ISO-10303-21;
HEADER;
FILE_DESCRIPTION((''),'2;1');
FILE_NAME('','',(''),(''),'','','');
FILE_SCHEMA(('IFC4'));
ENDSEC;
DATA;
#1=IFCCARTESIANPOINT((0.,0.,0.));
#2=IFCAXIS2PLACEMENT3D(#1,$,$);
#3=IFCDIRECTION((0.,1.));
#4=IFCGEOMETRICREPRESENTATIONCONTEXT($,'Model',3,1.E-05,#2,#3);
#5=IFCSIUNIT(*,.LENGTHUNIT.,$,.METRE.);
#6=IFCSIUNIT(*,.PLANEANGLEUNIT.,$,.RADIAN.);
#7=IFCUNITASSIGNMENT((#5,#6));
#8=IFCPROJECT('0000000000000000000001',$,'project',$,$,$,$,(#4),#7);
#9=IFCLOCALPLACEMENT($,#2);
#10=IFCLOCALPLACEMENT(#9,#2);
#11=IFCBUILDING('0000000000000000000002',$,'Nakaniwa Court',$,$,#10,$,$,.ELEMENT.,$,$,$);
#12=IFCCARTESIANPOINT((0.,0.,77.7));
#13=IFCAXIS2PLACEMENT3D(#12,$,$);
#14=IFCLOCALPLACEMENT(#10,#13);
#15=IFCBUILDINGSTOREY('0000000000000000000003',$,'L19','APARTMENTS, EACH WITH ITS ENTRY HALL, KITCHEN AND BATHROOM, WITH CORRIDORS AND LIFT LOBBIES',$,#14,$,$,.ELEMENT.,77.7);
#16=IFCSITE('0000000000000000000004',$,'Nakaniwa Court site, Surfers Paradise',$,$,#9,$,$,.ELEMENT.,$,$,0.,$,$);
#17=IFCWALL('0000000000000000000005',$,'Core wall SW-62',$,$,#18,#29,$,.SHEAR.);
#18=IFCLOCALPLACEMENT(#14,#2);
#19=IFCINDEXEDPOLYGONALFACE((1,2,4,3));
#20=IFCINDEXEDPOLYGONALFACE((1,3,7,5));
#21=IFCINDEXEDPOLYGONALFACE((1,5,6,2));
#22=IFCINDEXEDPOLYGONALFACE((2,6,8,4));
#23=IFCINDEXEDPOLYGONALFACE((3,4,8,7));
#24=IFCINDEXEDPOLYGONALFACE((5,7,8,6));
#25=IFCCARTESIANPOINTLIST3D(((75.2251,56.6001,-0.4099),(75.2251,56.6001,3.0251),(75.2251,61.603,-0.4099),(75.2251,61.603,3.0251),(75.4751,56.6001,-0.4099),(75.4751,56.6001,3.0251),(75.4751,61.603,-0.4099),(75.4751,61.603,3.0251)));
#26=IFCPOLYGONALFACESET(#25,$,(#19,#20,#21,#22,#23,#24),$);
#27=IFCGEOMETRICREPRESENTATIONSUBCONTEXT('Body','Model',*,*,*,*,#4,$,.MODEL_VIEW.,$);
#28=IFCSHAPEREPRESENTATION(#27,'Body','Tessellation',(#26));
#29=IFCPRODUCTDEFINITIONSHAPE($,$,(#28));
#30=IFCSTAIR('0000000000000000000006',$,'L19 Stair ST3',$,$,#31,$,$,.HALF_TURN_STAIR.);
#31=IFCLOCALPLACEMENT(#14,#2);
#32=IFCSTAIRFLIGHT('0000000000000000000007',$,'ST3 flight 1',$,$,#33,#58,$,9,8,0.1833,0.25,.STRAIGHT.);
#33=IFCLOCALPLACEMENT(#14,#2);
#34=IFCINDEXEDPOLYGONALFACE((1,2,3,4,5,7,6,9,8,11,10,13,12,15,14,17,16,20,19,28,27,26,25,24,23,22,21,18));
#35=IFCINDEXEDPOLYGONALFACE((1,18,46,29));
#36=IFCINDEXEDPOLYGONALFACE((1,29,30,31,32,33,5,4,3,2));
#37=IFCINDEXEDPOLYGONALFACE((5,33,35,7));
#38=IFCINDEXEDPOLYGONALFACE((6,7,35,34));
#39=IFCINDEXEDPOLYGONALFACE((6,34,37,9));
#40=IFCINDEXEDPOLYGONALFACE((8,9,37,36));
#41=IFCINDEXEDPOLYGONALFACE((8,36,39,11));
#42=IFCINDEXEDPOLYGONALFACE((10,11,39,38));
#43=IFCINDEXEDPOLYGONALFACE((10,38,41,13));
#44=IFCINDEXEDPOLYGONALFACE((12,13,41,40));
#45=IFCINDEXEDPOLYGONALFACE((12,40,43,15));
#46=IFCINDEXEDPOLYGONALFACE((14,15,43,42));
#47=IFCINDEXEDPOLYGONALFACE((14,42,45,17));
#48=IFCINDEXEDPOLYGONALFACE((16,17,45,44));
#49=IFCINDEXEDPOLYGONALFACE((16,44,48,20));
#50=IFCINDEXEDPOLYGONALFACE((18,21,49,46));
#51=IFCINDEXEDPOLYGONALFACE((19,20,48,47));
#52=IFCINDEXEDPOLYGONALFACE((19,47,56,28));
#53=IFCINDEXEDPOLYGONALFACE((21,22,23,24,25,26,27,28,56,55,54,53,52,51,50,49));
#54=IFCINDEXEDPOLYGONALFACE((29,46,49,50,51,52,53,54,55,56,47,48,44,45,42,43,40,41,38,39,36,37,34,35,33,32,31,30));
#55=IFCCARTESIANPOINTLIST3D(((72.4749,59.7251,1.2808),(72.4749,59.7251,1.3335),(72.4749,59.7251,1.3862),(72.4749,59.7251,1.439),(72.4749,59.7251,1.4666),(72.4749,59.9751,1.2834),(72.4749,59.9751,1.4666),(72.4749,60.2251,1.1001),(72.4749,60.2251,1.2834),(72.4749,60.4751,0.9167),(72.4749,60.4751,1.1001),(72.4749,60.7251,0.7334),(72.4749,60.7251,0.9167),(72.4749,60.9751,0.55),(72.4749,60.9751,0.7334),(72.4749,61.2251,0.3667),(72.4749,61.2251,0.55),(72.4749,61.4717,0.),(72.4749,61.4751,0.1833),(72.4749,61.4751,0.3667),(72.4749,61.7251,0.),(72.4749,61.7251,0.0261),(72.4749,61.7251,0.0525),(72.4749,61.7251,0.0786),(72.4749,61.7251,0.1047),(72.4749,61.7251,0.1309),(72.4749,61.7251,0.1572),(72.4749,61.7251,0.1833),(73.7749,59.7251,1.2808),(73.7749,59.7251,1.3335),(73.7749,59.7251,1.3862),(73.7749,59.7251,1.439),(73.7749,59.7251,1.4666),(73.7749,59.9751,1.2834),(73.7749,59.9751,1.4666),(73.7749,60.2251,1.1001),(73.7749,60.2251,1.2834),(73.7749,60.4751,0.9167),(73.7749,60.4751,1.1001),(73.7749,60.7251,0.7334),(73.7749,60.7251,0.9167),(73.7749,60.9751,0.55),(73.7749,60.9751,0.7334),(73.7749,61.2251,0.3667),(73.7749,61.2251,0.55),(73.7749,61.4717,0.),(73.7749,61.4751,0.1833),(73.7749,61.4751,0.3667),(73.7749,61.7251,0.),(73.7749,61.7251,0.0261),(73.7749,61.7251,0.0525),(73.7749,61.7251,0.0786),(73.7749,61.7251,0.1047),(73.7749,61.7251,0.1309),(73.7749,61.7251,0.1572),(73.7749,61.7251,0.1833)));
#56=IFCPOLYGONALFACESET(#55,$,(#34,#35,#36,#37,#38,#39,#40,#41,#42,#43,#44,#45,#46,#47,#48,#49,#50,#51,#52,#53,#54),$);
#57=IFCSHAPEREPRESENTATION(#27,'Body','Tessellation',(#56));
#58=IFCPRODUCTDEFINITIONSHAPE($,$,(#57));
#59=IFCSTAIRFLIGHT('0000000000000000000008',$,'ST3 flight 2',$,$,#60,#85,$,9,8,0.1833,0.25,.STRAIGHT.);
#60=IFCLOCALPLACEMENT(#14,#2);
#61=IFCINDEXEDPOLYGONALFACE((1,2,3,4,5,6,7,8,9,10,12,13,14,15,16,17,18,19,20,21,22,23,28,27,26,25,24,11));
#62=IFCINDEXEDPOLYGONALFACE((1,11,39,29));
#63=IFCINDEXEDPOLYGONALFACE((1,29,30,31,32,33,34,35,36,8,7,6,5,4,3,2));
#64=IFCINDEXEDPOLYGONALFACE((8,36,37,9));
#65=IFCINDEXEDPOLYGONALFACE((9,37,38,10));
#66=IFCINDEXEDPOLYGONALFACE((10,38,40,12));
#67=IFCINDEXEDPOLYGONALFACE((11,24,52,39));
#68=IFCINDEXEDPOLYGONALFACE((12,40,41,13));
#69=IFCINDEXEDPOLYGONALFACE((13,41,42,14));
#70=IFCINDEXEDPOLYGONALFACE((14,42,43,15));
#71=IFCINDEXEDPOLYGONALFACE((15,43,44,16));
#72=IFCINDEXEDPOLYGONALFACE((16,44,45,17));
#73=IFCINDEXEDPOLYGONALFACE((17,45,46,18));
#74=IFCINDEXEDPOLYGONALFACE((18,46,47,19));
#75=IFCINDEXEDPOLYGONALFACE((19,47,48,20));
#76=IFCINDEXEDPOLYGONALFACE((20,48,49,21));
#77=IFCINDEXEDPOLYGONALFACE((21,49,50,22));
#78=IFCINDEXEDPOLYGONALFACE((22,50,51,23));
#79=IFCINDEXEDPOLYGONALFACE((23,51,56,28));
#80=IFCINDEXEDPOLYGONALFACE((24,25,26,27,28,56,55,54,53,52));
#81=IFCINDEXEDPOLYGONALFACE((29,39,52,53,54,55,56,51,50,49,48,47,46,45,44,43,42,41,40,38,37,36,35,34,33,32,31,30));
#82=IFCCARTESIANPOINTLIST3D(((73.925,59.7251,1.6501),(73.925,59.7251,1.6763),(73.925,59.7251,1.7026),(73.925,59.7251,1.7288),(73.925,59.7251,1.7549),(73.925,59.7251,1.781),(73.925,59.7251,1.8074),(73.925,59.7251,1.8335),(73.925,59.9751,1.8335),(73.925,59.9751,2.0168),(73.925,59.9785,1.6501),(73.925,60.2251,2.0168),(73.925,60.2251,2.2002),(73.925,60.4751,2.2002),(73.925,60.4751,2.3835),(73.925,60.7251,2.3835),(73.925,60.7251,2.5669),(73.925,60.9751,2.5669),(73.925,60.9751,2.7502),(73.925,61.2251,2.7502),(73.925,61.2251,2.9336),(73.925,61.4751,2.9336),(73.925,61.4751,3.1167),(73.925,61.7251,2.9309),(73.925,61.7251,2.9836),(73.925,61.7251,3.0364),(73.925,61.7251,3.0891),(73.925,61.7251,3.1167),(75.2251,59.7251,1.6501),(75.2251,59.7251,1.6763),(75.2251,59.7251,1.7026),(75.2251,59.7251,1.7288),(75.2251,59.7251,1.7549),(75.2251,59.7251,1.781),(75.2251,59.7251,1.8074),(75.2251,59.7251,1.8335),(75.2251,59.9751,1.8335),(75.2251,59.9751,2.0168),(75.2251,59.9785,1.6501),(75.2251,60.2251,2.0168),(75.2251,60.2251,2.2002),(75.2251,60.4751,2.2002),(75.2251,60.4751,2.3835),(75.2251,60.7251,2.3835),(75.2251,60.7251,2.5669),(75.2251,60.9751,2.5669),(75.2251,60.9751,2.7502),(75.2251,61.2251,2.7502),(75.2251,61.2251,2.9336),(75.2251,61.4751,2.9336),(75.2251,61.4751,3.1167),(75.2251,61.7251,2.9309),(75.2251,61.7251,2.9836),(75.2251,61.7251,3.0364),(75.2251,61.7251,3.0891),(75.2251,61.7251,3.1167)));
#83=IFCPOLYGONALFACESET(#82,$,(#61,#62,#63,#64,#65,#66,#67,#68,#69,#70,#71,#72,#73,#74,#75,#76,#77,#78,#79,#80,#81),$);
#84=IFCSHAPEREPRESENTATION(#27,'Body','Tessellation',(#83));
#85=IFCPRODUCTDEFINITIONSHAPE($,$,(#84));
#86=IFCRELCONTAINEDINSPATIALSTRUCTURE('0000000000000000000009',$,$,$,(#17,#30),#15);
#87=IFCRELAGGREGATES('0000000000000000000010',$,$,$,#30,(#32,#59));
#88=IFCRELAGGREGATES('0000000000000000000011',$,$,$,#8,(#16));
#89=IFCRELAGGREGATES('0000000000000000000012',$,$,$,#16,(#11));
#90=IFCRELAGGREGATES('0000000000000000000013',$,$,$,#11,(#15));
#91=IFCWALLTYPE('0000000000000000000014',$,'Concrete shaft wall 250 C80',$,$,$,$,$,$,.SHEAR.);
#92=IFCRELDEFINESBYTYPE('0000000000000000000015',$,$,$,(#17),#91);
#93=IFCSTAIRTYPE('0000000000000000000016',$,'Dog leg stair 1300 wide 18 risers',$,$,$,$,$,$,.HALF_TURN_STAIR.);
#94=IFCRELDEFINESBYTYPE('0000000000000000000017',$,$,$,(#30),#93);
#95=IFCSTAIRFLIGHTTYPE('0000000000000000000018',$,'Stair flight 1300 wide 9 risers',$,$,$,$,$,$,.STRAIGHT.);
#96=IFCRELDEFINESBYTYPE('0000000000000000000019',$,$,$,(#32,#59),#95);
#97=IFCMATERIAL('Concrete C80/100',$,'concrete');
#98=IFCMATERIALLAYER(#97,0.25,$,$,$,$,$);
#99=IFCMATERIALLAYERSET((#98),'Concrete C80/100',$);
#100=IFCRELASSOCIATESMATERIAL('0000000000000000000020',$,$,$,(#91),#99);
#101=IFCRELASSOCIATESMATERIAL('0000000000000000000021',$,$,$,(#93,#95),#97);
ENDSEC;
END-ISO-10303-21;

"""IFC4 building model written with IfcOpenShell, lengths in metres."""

from ifc_helpers import new_model, si_unit, direction, frame, frame_2d, origin, place, context, subcontext, project, spatial, polyline, rectangle, outline, extrude, material, layer, layer_set, type_object, element, aggregate, save


model = new_model("IFC4")

# Units and contexts
model_context = context("Model", 3, precision=1e-05, world=origin(), true_north=direction((0.0, 1.0)))
body_context = subcontext(model_context, "Body", "Model", "MODEL_VIEW")
ifc_project = project(units=[si_unit("LENGTHUNIT", "METRE"), si_unit("PLANEANGLEUNIT", "RADIAN")], contexts=[model_context])

# Site, building, storey
site_placement = place(None, origin())
site = spatial("IfcSite", under=ifc_project, at=site_placement, Name="Nakaniwa Court site, Surfers Paradise", CompositionType="ELEMENT", RefElevation=0.0)
building_placement = place(site_placement, origin())
building = spatial("IfcBuilding", under=site, at=building_placement, Name="Nakaniwa Court", CompositionType="ELEMENT")
storey_placement = place(building_placement, frame((0.0, 0.0, 77.7)))
storey = spatial("IfcBuildingStorey", under=building, at=storey_placement, Name="L19", Description="APARTMENTS, EACH WITH ITS ENTRY HALL, KITCHEN AND BATHROOM, WITH CORRIDORS AND LIFT LOBBIES", CompositionType="ELEMENT", Elevation=77.7)

# Shared definitions
ifc_material_1 = material(Name="Concrete C80/100", Category="concrete")

# Wall
ifc_layer_1 = layer(ifc_material_1, 0.25)
ifc_layer_set_1 = layer_set([ifc_layer_1], Name="Concrete C80/100")
wall_type_1 = type_object("IfcWallType", Name="Concrete shaft wall 250 C80", PredefinedType="SHEAR", material=ifc_layer_set_1)
wall_1_placement = place(storey_placement, frame((75.3501, 56.6001, -0.4099), z_axis=(0.0, 0.0, 1.0), x_axis=(0.0, 1.0, 0.0)))
element("IfcWall", 1, at=wall_1_placement, inside=storey, type_object=wall_type_1, Name="Core wall SW-62", PredefinedType="SHEAR", context=body_context, shape_type="SweptSolid", body=[
    extrude(rectangle(XDim=5.0029, YDim=0.25, at=frame_2d((2.5015, 0.0))), origin(), (0.0, 0.0, 1.0), 3.4351),
])

# Stair, stair flights
stair_type = type_object("IfcStairType", Name="Dog leg stair 1300 wide 18 risers", PredefinedType="HALF_TURN_STAIR", material=ifc_material_1)
stair_placement = place(storey_placement, origin())
stair = element("IfcStair", 2, at=stair_placement, inside=storey, type_object=stair_type, Name="L19 Stair ST3", PredefinedType="HALF_TURN_STAIR")
stair_flight_type = type_object("IfcStairFlightType", Name="Stair flight 1300 wide 9 risers", PredefinedType="STRAIGHT", material=ifc_material_1)
stair_flight_1_placement = place(storey_placement, frame((73.125, 61.7251, 0.0), z_axis=(0.0, 0.0, 1.0), x_axis=(0.0, -1.0, 0.0)))
stair_flight_1 = element("IfcStairFlight", 3, at=stair_flight_1_placement, type_object=stair_flight_type, Name="ST3 flight 1", NumberOfRisers=9, NumberOfTreads=8, PredefinedType="STRAIGHT", RiserHeight=0.1833, TreadLength=0.25, context=body_context, shape_type="SweptSolid", body=[
    extrude(outline(polyline([(0.0, 0.0), (0.0, 0.0261), (0.0, 0.0525), (0.0, 0.0786), (0.0, 0.1047), (0.0, 0.1309), (0.0, 0.1572), (0.0, 0.1833), (0.25, 0.1833), (0.25, 0.3667), (0.5, 0.3667), (0.5, 0.55), (0.75, 0.55), (0.75, 0.7334), (1.0, 0.7334), (1.0, 0.9167), (1.25, 0.9167), (1.25, 1.1001), (1.5, 1.1001), (1.5, 1.2834), (1.75, 1.2834), (1.75, 1.4666), (2.0, 1.4666), (2.0, 1.6499), (2.0, 1.5972), (2.0, 1.5444), (2.0, 1.4917), (2.0, 1.439), (2.0, 1.3862), (2.0, 1.3335), (2.0, 1.2808), (0.2534, 0.0), (0.0, 0.0)])), frame((0.0, 0.6499, 0.0), z_axis=(0.0, -1.0, 0.0), x_axis=(1.0, 0.0, 0.0)), (0.0, 0.0, 1.0), 1.3),
])
stair_flight_2_placement = place(storey_placement, frame((74.575, 59.7251, 1.6501), z_axis=(0.0, 0.0, 1.0), x_axis=(0.0, 1.0, 0.0)))
stair_flight_2 = element("IfcStairFlight", 4, at=stair_flight_2_placement, type_object=stair_flight_type, Name="ST3 flight 2", NumberOfRisers=9, NumberOfTreads=8, PredefinedType="STRAIGHT", RiserHeight=0.1833, TreadLength=0.25, context=body_context, shape_type="SweptSolid", body=[
    extrude(outline(polyline([(0.0, 0.0), (0.0, 0.0261), (0.0, 0.0525), (0.0, 0.0786), (0.0, 0.1047), (0.0, 0.1309), (0.0, 0.1572), (0.0, 0.1833), (0.25, 0.1833), (0.25, 0.3667), (0.5, 0.3667), (0.5, 0.55), (0.75, 0.55), (0.75, 0.7334), (1.0, 0.7334), (1.0, 0.9167), (1.25, 0.9167), (1.25, 1.1001), (1.5, 1.1001), (1.5, 1.2834), (1.75, 1.2834), (1.75, 1.4666), (2.0, 1.4666), (2.0, 1.6499), (2.0, 1.5972), (2.0, 1.5444), (2.0, 1.4917), (2.0, 1.439), (2.0, 1.3862), (2.0, 1.3335), (2.0, 1.2808), (0.2534, 0.0), (0.0, 0.0)])), frame((0.0, 0.6499, 0.0), z_axis=(0.0, -1.0, 0.0), x_axis=(1.0, 0.0, 0.0)), (0.0, 0.0, 1.0), 1.3),
])
aggregate(stair, [stair_flight_1, stair_flight_2])

save(model, "model.ifc")
